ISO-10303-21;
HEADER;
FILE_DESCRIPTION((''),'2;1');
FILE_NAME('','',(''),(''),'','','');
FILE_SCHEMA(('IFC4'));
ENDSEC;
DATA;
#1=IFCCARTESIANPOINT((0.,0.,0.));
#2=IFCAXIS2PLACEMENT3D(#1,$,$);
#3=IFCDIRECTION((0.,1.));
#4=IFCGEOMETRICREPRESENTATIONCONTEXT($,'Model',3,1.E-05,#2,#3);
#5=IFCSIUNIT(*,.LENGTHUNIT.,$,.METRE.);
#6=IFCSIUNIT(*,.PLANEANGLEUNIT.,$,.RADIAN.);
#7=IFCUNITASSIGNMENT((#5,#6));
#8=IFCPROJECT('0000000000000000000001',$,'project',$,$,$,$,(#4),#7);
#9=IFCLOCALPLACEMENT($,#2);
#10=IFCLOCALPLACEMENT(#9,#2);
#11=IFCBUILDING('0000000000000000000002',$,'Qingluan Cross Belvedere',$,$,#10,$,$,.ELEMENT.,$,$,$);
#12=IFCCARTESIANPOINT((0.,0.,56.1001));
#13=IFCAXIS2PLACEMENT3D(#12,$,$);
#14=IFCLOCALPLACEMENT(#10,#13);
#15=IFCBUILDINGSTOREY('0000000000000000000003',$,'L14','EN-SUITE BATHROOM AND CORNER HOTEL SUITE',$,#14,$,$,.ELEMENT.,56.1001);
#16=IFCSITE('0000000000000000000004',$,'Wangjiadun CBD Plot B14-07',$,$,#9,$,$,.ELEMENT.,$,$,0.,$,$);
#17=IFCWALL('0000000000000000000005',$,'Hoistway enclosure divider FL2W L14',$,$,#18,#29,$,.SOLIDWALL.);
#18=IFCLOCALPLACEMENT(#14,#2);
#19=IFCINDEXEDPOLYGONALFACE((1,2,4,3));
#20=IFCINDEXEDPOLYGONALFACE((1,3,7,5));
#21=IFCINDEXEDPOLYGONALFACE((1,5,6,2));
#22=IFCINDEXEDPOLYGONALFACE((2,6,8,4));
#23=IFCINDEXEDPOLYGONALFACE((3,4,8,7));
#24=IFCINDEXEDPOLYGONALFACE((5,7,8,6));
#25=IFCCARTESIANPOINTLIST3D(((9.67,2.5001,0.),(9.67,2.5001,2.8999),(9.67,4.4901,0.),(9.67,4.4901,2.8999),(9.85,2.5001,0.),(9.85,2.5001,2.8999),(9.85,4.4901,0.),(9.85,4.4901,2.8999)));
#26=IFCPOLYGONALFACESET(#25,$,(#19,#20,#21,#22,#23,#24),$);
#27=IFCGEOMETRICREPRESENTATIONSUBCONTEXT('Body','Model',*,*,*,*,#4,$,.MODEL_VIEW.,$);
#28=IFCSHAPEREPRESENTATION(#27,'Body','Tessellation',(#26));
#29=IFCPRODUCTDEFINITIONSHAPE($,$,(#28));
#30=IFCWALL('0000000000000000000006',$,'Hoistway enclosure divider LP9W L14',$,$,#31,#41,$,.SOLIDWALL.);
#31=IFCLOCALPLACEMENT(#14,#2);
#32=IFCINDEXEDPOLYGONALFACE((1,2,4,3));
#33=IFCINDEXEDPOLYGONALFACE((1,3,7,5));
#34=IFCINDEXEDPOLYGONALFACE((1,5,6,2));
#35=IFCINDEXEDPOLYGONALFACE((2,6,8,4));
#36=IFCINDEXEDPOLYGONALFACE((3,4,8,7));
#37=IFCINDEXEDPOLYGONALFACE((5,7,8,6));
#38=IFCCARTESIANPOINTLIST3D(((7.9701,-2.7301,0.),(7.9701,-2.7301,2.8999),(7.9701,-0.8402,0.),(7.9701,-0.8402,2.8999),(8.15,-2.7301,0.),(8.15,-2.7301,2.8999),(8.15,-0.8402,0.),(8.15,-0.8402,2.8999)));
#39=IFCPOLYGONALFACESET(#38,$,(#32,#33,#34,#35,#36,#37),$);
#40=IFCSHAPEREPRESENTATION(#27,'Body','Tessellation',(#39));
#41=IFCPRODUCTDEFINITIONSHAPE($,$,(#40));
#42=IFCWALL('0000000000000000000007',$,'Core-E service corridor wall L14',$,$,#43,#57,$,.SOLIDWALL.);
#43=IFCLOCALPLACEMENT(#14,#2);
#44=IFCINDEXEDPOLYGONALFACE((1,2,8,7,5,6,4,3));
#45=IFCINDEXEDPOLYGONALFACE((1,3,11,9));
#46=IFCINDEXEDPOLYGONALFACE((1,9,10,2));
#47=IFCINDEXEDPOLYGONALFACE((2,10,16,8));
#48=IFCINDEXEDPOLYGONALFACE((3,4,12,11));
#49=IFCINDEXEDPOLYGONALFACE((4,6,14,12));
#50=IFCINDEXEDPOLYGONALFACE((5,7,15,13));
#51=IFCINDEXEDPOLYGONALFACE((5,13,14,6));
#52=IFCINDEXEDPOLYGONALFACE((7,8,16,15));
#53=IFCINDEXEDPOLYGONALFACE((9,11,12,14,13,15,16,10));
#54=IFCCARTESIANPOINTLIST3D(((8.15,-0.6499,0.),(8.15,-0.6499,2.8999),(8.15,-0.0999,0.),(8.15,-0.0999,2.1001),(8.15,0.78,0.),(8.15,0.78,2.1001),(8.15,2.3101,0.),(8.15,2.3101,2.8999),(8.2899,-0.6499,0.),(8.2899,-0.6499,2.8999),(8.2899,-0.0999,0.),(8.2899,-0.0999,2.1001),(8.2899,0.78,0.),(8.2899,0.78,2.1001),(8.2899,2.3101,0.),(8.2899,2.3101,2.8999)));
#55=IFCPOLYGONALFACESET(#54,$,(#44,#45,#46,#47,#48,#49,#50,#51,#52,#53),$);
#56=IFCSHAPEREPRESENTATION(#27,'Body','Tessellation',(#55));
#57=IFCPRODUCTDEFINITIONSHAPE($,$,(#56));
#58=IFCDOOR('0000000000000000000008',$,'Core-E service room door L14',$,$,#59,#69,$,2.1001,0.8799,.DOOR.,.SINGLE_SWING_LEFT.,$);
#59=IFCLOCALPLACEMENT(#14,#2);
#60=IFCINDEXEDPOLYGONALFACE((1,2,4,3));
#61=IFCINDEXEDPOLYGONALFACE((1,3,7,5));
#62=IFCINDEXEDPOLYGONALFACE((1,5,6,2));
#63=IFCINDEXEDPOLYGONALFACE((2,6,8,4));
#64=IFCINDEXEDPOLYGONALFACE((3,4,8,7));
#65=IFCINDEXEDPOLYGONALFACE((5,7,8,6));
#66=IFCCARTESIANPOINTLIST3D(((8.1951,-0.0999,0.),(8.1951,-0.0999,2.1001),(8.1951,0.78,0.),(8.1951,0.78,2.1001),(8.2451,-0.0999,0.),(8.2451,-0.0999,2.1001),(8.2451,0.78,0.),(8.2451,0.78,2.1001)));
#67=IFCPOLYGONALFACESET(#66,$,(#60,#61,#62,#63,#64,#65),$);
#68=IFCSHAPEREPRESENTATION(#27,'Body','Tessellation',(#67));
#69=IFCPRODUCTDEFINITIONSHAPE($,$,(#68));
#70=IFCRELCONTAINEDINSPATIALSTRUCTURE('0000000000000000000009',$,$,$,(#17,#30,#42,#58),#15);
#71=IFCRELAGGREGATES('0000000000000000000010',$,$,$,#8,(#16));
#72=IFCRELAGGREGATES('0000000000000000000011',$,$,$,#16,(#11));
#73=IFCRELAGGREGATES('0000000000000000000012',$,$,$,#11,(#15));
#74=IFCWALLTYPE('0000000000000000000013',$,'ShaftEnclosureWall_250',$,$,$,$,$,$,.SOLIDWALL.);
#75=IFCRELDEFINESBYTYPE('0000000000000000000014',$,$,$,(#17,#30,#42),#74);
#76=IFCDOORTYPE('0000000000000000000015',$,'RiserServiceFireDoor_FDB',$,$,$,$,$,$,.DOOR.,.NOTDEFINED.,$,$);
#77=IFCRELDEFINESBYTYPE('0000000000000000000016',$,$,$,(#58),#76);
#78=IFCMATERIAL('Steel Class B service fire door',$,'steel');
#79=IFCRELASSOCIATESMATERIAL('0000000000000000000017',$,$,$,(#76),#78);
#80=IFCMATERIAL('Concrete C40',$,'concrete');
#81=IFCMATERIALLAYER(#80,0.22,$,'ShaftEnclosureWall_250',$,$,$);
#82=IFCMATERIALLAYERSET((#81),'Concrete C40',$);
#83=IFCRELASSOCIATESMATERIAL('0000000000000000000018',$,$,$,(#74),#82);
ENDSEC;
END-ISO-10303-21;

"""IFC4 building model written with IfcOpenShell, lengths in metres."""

from ifc_helpers import new_model, si_unit, direction, frame, frame_2d, origin, place, context, subcontext, project, spatial, rectangle, extrude, material, layer, layer_set, type_object, element, fill, save


model = new_model("IFC4")

# Units and contexts
model_context = context("Model", 3, precision=1e-05, world=origin(), true_north=direction((0.0, 1.0)))
body_context = subcontext(model_context, "Body", "Model", "MODEL_VIEW")
ifc_project = project(units=[si_unit("LENGTHUNIT", "METRE"), si_unit("PLANEANGLEUNIT", "RADIAN")], contexts=[model_context])

# Site, building, storey
site_placement = place(None, origin())
site = spatial("IfcSite", under=ifc_project, at=site_placement, Name="Wangjiadun CBD Plot B14-07", CompositionType="ELEMENT", RefElevation=0.0)
building_placement = place(site_placement, origin())
building = spatial("IfcBuilding", under=site, at=building_placement, Name="Qingluan Cross Belvedere", CompositionType="ELEMENT")
storey_placement = place(building_placement, frame((0.0, 0.0, 56.1001)))
storey = spatial("IfcBuildingStorey", under=building, at=storey_placement, Name="L14", Description="EN-SUITE BATHROOM AND CORNER HOTEL SUITE", CompositionType="ELEMENT", Elevation=56.1001)

# Shared definitions
ifc_material_1 = material(Name="Steel Class B service fire door", Category="steel")
door_type_1 = type_object("IfcDoorType", Name="RiserServiceFireDoor_FDB", OperationType="NOTDEFINED", PredefinedType="DOOR", material=ifc_material_1)

# Walls
ifc_material_2 = material(Name="Concrete C40", Category="concrete")
ifc_layer_1 = layer(ifc_material_2, 0.22, Name="ShaftEnclosureWall_250")
ifc_layer_set_1 = layer_set([ifc_layer_1], Name="Concrete C40")
wall_type_1 = type_object("IfcWallType", Name="ShaftEnclosureWall_250", PredefinedType="SOLIDWALL", material=ifc_layer_set_1)
for number, where, z_axis, x_axis, name in (
    (1, (9.76, 2.5, 0.0), (0.0, 0.0, 1.0), (0.0, 1.0, 0.0), "Hoistway enclosure divider FL2W L14"),
):
    element("IfcWall", number, at=place(storey_placement, frame(where, z_axis=z_axis, x_axis=x_axis)), inside=storey, type_object=wall_type_1, Name=name, PredefinedType="SOLIDWALL", context=body_context, shape_type="SweptSolid", body=[
        extrude(rectangle(XDim=1.99, YDim=0.1799, at=frame_2d((0.9951, 0.0))), origin(), (0.0, 0.0, 1.0), 2.8999),
    ])
wall_1_placement = place(storey_placement, frame((8.0601, -2.73, 0.0), z_axis=(0.0, 0.0, 1.0), x_axis=(0.0, 1.0, 0.0)))
element("IfcWall", 2, at=wall_1_placement, inside=storey, type_object=wall_type_1, Name="Hoistway enclosure divider LP9W L14", PredefinedType="SOLIDWALL", context=body_context, shape_type="SweptSolid", body=[
    extrude(rectangle(XDim=1.8899, YDim=0.1799, at=frame_2d((0.9448, 0.0))), origin(), (0.0, 0.0, 1.0), 2.8999),
])

# Wall, opening, door
wall_2_placement = place(storey_placement, frame((8.22, -0.6499, 0.0), z_axis=(0.0, 0.0, 1.0), x_axis=(0.0, 1.0, 0.0)))
wall_2 = element("IfcWall", 3, at=wall_2_placement, inside=storey, type_object=wall_type_1, Name="Core-E service corridor wall L14", PredefinedType="SOLIDWALL", context=body_context, shape_type="SweptSolid", body=[
    extrude(rectangle(XDim=2.96, YDim=0.1399, at=frame_2d((1.48, 0.0))), origin(), (0.0, 0.0, 1.0), 2.8999),
])
opening_1_placement = place(wall_2_placement, frame((0.55, 0.0, 0.0)))
opening_1 = element("IfcOpeningElement", 4, at=opening_1_placement, cuts=wall_2, PredefinedType="OPENING", context=body_context, shape_type="SweptSolid", body=[
    extrude(rectangle(XDim=0.8799, YDim=2.1001, at=frame_2d((0.4399, 1.05))), frame((0.0, 0.0798, 0.0), z_axis=(0.0, -1.0, 0.0), x_axis=(1.0, 0.0, 0.0)), (0.0, 0.0, 1.0), 0.1599),
])
door_1_placement = place(opening_1_placement, origin())
door_1 = element("IfcDoor", 5, at=door_1_placement, inside=storey, type_object=door_type_1, Name="Core-E service room door L14", OperationType="SINGLE_SWING_LEFT", OverallHeight=2.1001, OverallWidth=0.8799, PredefinedType="DOOR", context=body_context, shape_type="SweptSolid", body=[
    extrude(rectangle(XDim=0.8799, YDim=2.1001, at=frame_2d((0.4399, 1.05))), frame((0.0, 0.0249, 0.0), z_axis=(0.0, -1.0, 0.0), x_axis=(1.0, 0.0, 0.0)), (0.0, 0.0, 1.0), 0.05),
])
fill(opening_1, door_1)

save(model, "model.ifc")
